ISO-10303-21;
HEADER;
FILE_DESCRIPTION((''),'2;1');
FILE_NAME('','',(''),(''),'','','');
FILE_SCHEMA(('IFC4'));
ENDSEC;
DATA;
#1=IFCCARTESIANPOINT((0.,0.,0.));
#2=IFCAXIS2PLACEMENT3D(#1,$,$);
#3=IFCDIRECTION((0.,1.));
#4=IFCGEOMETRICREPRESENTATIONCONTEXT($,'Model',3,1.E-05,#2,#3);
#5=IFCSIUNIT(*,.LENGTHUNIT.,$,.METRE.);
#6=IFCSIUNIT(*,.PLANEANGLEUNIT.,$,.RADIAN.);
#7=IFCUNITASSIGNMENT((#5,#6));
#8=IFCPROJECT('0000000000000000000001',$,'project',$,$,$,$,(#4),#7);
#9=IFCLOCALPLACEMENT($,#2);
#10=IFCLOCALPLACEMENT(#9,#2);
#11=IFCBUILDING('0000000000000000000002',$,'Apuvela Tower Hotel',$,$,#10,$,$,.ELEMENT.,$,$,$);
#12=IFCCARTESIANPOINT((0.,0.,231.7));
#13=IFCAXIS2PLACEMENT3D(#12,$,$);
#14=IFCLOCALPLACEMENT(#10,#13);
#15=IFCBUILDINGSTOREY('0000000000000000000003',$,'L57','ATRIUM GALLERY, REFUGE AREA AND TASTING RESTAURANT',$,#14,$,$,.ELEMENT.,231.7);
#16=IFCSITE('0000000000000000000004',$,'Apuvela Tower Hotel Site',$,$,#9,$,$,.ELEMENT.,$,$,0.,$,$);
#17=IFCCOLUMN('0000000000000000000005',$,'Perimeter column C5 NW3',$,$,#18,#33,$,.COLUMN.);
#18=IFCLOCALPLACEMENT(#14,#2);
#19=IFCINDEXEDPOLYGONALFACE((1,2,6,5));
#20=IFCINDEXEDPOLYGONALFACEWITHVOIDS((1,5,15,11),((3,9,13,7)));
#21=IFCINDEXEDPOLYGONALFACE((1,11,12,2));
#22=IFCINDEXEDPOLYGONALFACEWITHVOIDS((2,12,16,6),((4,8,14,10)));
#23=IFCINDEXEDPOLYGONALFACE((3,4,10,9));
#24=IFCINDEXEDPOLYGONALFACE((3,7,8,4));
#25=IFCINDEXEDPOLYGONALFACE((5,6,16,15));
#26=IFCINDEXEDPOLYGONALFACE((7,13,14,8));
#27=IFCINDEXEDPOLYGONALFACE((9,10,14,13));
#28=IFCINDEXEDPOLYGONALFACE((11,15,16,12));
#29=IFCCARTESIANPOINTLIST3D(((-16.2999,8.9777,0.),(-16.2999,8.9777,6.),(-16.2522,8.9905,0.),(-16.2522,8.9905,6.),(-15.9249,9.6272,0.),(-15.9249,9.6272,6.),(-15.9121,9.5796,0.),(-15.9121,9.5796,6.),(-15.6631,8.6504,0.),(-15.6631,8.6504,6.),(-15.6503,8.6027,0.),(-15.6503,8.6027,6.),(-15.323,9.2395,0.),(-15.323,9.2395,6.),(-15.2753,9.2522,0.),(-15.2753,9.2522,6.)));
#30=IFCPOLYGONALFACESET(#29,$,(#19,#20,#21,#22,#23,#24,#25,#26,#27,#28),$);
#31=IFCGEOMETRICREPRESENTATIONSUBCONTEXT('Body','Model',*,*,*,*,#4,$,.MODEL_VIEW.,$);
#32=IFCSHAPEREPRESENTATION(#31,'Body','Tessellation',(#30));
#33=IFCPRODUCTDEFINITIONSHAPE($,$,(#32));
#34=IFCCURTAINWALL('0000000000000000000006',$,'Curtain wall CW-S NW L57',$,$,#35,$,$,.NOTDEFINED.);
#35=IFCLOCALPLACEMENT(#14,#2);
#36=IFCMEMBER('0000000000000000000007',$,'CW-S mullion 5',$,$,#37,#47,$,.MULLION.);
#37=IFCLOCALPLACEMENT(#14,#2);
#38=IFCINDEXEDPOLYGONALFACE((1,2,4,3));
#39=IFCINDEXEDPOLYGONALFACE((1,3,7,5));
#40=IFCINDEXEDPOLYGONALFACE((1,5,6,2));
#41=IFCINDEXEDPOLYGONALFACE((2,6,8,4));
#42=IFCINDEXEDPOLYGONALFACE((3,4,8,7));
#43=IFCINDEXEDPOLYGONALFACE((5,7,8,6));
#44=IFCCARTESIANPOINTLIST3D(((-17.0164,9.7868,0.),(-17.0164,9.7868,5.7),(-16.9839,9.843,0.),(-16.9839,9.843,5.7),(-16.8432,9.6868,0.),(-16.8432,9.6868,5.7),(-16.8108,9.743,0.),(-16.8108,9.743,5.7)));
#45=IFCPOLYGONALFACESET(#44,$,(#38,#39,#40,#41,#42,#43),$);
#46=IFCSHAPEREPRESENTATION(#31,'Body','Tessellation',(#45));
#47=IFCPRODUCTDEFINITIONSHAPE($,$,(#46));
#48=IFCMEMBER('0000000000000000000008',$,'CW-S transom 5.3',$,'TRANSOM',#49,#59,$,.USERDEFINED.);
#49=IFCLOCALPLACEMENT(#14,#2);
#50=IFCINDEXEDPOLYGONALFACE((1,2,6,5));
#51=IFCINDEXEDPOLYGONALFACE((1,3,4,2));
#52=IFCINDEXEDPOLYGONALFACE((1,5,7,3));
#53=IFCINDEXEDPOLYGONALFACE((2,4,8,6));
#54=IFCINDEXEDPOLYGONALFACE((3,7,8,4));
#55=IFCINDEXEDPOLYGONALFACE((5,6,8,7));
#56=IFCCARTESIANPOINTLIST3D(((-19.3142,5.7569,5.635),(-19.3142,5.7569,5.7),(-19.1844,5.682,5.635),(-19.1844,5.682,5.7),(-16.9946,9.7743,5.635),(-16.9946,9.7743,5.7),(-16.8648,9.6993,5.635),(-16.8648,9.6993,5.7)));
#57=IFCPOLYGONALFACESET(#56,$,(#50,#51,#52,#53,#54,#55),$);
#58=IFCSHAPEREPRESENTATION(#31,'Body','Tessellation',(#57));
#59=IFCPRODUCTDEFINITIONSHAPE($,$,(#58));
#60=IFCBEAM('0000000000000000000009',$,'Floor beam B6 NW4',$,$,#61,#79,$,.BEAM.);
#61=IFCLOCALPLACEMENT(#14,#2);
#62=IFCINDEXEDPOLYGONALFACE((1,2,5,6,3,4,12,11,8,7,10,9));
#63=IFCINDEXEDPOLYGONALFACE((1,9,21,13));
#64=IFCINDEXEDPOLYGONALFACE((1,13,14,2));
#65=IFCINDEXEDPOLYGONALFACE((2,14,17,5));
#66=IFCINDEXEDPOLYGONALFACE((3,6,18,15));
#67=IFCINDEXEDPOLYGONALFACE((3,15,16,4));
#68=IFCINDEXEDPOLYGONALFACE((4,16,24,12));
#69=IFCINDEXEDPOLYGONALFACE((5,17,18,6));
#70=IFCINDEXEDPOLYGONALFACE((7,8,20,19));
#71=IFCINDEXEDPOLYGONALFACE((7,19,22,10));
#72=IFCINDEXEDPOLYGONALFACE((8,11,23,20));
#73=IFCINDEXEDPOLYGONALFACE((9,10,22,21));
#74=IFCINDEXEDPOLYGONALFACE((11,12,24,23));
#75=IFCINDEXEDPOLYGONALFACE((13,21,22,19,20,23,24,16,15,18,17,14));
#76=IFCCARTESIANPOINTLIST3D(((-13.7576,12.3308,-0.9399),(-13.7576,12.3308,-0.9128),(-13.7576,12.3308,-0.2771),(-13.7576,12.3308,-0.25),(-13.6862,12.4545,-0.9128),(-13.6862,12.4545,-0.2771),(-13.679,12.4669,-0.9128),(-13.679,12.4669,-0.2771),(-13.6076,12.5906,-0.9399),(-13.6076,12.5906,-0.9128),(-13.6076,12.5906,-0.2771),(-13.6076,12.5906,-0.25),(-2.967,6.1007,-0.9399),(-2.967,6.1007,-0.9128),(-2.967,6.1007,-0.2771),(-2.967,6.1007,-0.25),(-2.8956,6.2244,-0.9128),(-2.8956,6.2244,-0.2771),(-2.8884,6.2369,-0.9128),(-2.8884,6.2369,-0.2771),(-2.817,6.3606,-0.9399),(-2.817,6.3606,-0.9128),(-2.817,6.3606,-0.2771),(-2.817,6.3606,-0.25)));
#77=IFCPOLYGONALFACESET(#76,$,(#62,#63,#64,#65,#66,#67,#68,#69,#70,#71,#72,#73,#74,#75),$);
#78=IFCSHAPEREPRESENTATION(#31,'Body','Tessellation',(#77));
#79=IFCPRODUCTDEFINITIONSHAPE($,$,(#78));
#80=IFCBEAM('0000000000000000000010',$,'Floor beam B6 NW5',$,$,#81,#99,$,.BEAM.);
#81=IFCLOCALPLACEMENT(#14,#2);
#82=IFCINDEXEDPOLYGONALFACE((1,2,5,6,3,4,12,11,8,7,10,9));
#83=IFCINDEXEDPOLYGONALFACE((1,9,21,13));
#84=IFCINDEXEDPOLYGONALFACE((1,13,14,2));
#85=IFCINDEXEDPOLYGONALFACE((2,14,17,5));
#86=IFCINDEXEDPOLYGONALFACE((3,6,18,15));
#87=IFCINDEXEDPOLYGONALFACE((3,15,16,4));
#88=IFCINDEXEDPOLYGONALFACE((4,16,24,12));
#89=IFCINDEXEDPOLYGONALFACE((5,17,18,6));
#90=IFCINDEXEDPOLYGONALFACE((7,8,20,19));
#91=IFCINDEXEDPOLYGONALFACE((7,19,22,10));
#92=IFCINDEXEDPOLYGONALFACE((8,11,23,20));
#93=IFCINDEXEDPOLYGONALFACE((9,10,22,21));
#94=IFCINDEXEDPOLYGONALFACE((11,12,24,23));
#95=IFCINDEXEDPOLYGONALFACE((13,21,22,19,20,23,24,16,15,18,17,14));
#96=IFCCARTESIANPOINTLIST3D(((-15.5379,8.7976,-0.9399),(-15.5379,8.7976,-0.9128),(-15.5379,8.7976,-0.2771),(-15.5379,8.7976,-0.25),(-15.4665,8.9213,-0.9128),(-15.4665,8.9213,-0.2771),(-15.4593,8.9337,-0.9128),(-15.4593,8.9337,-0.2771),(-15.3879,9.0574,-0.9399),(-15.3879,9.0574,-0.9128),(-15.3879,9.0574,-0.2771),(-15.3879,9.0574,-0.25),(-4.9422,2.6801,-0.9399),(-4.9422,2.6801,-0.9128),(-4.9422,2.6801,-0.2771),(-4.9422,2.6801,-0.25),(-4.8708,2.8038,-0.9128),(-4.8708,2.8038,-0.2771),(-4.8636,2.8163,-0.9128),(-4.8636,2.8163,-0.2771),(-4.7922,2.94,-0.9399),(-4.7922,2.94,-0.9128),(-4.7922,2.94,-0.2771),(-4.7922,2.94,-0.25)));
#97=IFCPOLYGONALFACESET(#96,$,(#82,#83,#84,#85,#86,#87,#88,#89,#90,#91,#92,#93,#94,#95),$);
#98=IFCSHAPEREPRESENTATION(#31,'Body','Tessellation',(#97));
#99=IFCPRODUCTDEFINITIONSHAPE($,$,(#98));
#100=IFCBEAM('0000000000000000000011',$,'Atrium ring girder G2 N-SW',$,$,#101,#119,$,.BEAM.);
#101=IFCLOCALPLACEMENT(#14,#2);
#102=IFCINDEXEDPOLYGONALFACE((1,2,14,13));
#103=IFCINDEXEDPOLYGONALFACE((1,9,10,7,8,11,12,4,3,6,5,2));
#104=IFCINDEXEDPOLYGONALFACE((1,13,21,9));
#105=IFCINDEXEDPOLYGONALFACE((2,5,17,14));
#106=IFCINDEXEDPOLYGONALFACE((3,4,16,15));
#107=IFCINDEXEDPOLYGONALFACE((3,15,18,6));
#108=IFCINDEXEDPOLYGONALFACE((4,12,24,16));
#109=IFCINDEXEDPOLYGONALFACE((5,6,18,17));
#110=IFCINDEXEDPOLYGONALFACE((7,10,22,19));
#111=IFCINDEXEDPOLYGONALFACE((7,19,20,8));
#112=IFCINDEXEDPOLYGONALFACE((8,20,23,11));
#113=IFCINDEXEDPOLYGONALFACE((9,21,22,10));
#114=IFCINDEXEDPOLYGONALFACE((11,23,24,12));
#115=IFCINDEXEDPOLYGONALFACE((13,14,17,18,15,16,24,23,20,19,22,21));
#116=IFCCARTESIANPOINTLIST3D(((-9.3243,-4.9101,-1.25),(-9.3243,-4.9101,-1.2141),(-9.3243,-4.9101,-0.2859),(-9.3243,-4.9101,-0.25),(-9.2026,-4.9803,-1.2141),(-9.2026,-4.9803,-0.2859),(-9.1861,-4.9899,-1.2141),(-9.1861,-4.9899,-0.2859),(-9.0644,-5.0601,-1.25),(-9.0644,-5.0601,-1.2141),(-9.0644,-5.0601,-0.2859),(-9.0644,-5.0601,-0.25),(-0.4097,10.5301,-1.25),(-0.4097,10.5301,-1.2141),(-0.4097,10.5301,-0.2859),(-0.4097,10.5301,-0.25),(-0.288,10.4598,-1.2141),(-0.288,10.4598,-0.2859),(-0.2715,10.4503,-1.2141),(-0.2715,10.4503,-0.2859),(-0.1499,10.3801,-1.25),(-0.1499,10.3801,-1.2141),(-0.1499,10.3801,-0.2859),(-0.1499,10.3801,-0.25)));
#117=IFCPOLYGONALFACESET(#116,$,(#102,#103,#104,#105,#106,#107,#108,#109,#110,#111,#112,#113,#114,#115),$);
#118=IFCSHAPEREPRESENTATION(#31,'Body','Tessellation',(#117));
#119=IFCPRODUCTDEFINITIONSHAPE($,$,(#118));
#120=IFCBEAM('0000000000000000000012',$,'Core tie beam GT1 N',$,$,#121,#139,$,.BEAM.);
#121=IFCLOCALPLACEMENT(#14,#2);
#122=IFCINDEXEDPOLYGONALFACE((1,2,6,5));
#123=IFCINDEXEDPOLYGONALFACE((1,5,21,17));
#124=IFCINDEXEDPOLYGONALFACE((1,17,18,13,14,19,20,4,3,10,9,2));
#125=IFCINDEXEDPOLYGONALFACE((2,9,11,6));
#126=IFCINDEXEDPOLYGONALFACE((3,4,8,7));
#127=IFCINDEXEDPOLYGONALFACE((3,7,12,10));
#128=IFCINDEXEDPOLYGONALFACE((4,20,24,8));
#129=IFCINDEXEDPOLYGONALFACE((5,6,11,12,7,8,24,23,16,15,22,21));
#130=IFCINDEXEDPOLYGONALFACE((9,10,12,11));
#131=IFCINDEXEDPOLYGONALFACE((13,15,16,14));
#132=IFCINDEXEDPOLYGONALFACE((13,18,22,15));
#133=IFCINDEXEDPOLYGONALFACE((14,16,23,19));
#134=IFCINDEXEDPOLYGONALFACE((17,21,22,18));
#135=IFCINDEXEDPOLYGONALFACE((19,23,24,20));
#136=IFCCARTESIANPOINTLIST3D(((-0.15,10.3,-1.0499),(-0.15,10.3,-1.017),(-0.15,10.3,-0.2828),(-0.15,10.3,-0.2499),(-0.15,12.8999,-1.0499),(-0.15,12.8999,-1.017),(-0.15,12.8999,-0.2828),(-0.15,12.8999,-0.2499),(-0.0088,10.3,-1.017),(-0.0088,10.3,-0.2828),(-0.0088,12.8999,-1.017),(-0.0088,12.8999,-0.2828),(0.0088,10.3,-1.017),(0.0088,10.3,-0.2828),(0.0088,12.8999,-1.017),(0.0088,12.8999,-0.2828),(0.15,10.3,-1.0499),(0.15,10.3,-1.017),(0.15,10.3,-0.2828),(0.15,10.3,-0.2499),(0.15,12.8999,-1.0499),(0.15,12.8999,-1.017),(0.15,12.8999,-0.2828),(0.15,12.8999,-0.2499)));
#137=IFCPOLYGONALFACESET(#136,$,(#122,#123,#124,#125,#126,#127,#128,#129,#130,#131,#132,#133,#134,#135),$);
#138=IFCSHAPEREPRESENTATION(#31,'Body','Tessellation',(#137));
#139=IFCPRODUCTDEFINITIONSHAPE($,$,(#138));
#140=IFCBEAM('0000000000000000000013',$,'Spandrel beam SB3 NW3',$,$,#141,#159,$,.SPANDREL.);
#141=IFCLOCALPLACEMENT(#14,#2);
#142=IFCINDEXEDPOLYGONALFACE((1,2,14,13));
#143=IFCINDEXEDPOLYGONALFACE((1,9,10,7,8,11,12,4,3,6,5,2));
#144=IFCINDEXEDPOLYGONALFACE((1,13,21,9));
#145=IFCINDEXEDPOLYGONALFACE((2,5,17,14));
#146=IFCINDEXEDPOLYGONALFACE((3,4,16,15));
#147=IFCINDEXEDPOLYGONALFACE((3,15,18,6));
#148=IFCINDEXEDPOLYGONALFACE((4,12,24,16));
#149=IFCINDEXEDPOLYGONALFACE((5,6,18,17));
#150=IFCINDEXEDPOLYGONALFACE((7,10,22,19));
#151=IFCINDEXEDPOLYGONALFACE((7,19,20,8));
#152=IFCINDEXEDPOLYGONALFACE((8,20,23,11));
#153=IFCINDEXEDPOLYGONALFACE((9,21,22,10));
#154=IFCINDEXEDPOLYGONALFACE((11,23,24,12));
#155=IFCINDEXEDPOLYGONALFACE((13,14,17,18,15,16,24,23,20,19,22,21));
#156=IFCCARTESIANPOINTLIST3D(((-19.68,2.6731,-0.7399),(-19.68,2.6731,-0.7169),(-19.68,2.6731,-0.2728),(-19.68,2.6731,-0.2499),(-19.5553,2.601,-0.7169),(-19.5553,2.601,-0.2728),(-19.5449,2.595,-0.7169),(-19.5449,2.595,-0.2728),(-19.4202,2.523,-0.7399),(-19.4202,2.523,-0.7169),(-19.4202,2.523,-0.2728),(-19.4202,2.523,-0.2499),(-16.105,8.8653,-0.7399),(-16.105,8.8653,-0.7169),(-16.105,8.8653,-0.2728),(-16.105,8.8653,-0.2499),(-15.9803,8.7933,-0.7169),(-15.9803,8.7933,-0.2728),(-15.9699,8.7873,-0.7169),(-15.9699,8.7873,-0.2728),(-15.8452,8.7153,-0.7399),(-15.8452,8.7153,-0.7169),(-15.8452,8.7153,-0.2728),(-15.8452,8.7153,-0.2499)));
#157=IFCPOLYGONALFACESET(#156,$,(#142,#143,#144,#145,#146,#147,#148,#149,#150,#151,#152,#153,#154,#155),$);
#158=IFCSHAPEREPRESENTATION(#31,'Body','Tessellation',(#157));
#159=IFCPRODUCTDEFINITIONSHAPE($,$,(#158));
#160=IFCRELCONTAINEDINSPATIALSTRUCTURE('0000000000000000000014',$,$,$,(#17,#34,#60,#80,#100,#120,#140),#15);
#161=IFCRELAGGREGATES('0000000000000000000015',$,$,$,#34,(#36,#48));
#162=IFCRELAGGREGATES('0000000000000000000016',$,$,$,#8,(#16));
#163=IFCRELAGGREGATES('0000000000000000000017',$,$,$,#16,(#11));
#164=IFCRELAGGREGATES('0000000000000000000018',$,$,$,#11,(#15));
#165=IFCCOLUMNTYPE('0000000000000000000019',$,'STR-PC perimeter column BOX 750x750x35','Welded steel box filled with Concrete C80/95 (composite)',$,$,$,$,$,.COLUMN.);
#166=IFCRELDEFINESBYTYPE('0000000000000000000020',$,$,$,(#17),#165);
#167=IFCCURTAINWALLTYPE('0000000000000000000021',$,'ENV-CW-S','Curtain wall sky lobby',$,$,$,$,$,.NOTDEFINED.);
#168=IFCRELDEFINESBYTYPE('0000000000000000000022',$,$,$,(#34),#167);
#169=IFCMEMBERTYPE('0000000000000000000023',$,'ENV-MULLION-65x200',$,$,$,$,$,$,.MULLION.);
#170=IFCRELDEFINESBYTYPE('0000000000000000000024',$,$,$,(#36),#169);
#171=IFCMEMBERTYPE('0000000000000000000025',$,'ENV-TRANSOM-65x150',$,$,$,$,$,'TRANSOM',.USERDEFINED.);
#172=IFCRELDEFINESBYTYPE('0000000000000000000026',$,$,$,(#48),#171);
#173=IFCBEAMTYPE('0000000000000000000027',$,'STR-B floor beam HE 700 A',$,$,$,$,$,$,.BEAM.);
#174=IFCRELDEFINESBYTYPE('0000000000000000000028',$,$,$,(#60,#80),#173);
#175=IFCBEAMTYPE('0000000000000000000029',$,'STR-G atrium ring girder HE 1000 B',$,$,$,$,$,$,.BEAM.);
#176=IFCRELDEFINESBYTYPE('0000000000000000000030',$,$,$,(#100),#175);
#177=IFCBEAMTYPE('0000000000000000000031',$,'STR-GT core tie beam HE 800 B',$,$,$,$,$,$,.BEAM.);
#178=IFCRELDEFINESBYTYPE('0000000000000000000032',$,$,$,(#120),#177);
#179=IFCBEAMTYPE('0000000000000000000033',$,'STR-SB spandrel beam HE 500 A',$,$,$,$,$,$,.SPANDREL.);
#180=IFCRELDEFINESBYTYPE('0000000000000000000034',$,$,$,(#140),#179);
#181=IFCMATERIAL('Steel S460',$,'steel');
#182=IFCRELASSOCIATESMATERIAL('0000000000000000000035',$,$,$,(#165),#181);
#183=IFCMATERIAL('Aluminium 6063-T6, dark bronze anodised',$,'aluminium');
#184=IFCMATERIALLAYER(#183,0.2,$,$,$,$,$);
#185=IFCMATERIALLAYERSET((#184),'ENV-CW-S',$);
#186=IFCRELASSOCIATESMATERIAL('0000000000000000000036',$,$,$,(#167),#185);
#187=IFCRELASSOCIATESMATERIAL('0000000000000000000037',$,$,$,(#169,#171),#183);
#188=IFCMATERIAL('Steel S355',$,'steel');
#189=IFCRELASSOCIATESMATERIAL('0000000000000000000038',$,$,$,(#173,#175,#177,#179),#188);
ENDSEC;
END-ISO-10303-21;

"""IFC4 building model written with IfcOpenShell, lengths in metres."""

from ifc_helpers import new_model, si_unit, direction, frame, origin, origin_2d, place, context, subcontext, project, spatial, rectangle, hollow_rectangle, i_section, extrude, material, layer, layer_set, material_profile, profile_set, type_object, element, aggregate, save


model = new_model("IFC4")

# Units and contexts
model_context = context("Model", 3, precision=1e-05, world=origin(), true_north=direction((0.0, 1.0)))
body_context = subcontext(model_context, "Body", "Model", "MODEL_VIEW")
ifc_project = project(units=[si_unit("LENGTHUNIT", "METRE"), si_unit("PLANEANGLEUNIT", "RADIAN")], contexts=[model_context])

# Site, building, storey
site_placement = place(None, origin())
site = spatial("IfcSite", under=ifc_project, at=site_placement, Name="Apuvela Tower Hotel Site", CompositionType="ELEMENT", RefElevation=0.0)
building_placement = place(site_placement, origin())
building = spatial("IfcBuilding", under=site, at=building_placement, Name="Apuvela Tower Hotel", CompositionType="ELEMENT")
storey_placement = place(building_placement, frame((0.0, 0.0, 231.7)))
storey = spatial("IfcBuildingStorey", under=building, at=storey_placement, Name="L57", Description="ATRIUM GALLERY, REFUGE AREA AND TASTING RESTAURANT", CompositionType="ELEMENT", Elevation=231.7)

# Column
ifc_material_1 = material(Name="Steel S460", Category="steel")
ifc_material_profile_1 = material_profile(ifc_material_1, hollow_rectangle(XDim=0.75, YDim=0.75, WallThickness=0.0349, at=origin_2d()), Name="BOX 750x750x35")
ifc_material_2 = material(Name="Concrete C80/95", Category="concrete")
ifc_material_profile_2 = material_profile(ifc_material_2, rectangle(XDim=0.6799, YDim=0.6799, at=origin_2d()), Name="Concrete C80/95 infill")
ifc_profile_set_1 = profile_set([ifc_material_profile_1, ifc_material_profile_2], Name="Steel S460")
column_type = type_object("IfcColumnType", Name="STR-PC perimeter column BOX 750x750x35", Description="Welded steel box filled with Concrete C80/95 (composite)", PredefinedType="COLUMN", material=ifc_profile_set_1)
column_placement = place(storey_placement, frame((-15.7876, 9.115, 0.0), z_axis=(0.0, 0.0, 1.0), x_axis=(0.5, 0.866025, 0.0)))
element("IfcColumn", 1, at=column_placement, inside=storey, type_object=column_type, Name="Perimeter column C5 NW3", PredefinedType="COLUMN", context=body_context, shape_type="SweptSolid", body=[
    extrude(hollow_rectangle(XDim=0.75, YDim=0.75, WallThickness=0.0349, at=origin_2d()), origin(), (0.0, 0.0, 1.0), 6.0),
])

# Curtain wall, members
ifc_material_3 = material(Name="Aluminium 6063-T6, dark bronze anodised", Category="aluminium")
ifc_layer_1 = layer(ifc_material_3, 0.2)
ifc_layer_set_1 = layer_set([ifc_layer_1], Name="ENV-CW-S")
curtain_wall_type = type_object("IfcCurtainWallType", Name="ENV-CW-S", Description="Curtain wall sky lobby", PredefinedType="NOTDEFINED", material=ifc_layer_set_1)
curtain_wall_placement = place(storey_placement, origin())
curtain_wall = element("IfcCurtainWall", 2, at=curtain_wall_placement, inside=storey, type_object=curtain_wall_type, Name="Curtain wall CW-S NW L57", PredefinedType="NOTDEFINED")
ifc_material_profile_3 = material_profile(ifc_material_3, rectangle(XDim=0.2, YDim=0.0649, at=origin_2d()), Name="AL 65x200")
ifc_profile_set_2 = profile_set([ifc_material_profile_3], Name="Aluminium 6063-T6, dark bronze anodised")
member_type_1 = type_object("IfcMemberType", Name="ENV-MULLION-65x200", PredefinedType="MULLION", material=ifc_profile_set_2)
member_1_placement = place(storey_placement, frame((-16.9136, 9.7649, 0.0), z_axis=(0.0, 0.0, 1.0), x_axis=(0.866026, -0.499999, 0.0)))
member_1 = element("IfcMember", 3, at=member_1_placement, type_object=member_type_1, Name="CW-S mullion 5", PredefinedType="MULLION", context=body_context, shape_type="SweptSolid", body=[
    extrude(rectangle(XDim=0.2, YDim=0.0649, at=origin_2d()), origin(), (0.0, 0.0, 1.0), 5.7),
])
ifc_material_profile_4 = material_profile(ifc_material_3, rectangle(XDim=0.1499, YDim=0.0649, at=origin_2d()), Name="AL 65x150 transom")
ifc_profile_set_3 = profile_set([ifc_material_profile_4], Name="Aluminium 6063-T6, dark bronze anodised")
member_type_2 = type_object("IfcMemberType", Name="ENV-TRANSOM-65x150", ElementType="TRANSOM", PredefinedType="USERDEFINED", material=ifc_profile_set_3)
member_2_placement = place(storey_placement, frame((-16.9297, 9.7368, 5.6675), z_axis=(-0.500028, -0.866009, 0.0), x_axis=(0.866009, -0.500028, 0.0)))
member_2 = element("IfcMember", 4, at=member_2_placement, type_object=member_type_2, Name="CW-S transom 5.3", ObjectType="TRANSOM", PredefinedType="USERDEFINED", context=body_context, shape_type="SweptSolid", body=[
    extrude(rectangle(XDim=0.1499, YDim=0.0649, at=origin_2d()), origin(), (0.0, 0.0, 1.0), 4.6389),
])

# Beams
ifc_material_4 = material(Name="Steel S355", Category="steel")
ifc_material_profile_5 = material_profile(ifc_material_4, i_section(OverallWidth=0.3, OverallDepth=0.6899, WebThickness=0.0144, FlangeThickness=0.0271, at=origin_2d()), Name="HE 700 A")
ifc_profile_set_4 = profile_set([ifc_material_profile_5], Name="Steel S355")
beam_type_1 = type_object("IfcBeamType", Name="STR-B floor beam HE 700 A", PredefinedType="BEAM", material=ifc_profile_set_4)
beam_1_placement = place(storey_placement, frame((-13.6826, 12.4607, -0.595), z_axis=(0.866023, -0.500004, 0.0), x_axis=(0.500004, 0.866023, 0.0)))
element("IfcBeam", 5, at=beam_1_placement, inside=storey, type_object=beam_type_1, Name="Floor beam B6 NW4", PredefinedType="BEAM", context=body_context, shape_type="SweptSolid", body=[
    extrude(i_section(OverallWidth=0.3, OverallDepth=0.6899, WebThickness=0.0144, FlangeThickness=0.0271, at=origin_2d()), origin(), (0.0, 0.0, 1.0), 12.46),
])
beam_2_placement = place(storey_placement, frame((-15.4629, 8.9275, -0.595), z_axis=(0.866025, -0.5, 0.0), x_axis=(0.5, 0.866025, 0.0)))
element("IfcBeam", 6, at=beam_2_placement, inside=storey, type_object=beam_type_1, Name="Floor beam B6 NW5", PredefinedType="BEAM", context=body_context, shape_type="SweptSolid", body=[
    extrude(i_section(OverallWidth=0.3, OverallDepth=0.6899, WebThickness=0.0144, FlangeThickness=0.0271, at=origin_2d()), origin(), (0.0, 0.0, 1.0), 12.2349),
])
ifc_material_profile_6 = material_profile(ifc_material_4, i_section(OverallWidth=0.3, OverallDepth=1.0, WebThickness=0.019, FlangeThickness=0.0359, at=origin_2d()), Name="HE 1000 B")
ifc_profile_set_5 = profile_set([ifc_material_profile_6], Name="Steel S355")
beam_type_2 = type_object("IfcBeamType", Name="STR-G atrium ring girder HE 1000 B", PredefinedType="BEAM", material=ifc_profile_set_5)
beam_3_placement = place(storey_placement, frame((-0.2798, 10.4551, -0.75), z_axis=(-0.500007, -0.866022, 0.0), x_axis=(0.866022, -0.500007, 0.0)))
element("IfcBeam", 7, at=beam_3_placement, inside=storey, type_object=beam_type_2, Name="Atrium ring girder G2 N-SW", PredefinedType="BEAM", context=body_context, shape_type="SweptSolid", body=[
    extrude(i_section(OverallWidth=0.3, OverallDepth=1.0, WebThickness=0.019, FlangeThickness=0.0359, at=origin_2d()), origin(), (0.0, 0.0, 1.0), 17.8289),
])
ifc_material_profile_7 = material_profile(ifc_material_4, i_section(OverallWidth=0.3, OverallDepth=0.8, WebThickness=0.0176, FlangeThickness=0.033, at=origin_2d()), Name="HE 800 B")
ifc_profile_set_6 = profile_set([ifc_material_profile_7], Name="Steel S355")
beam_type_3 = type_object("IfcBeamType", Name="STR-GT core tie beam HE 800 B", PredefinedType="BEAM", material=ifc_profile_set_6)
beam_4_placement = place(storey_placement, frame((0.0, 12.8999, -0.6499), z_axis=(0.0, -1.0, 0.0), x_axis=(1.0, 0.0, 0.0)))
element("IfcBeam", 8, at=beam_4_placement, inside=storey, type_object=beam_type_3, Name="Core tie beam GT1 N", PredefinedType="BEAM", context=body_context, shape_type="SweptSolid", body=[
    extrude(i_section(OverallWidth=0.3, OverallDepth=0.8, WebThickness=0.0176, FlangeThickness=0.033, at=origin_2d()), origin(), (0.0, 0.0, 1.0), 2.5999),
])
ifc_material_profile_8 = material_profile(ifc_material_4, i_section(OverallWidth=0.3, OverallDepth=0.49, WebThickness=0.012, FlangeThickness=0.0229, at=origin_2d()), Name="HE 500 A")
ifc_profile_set_7 = profile_set([ifc_material_profile_8], Name="Steel S355")
beam_type_4 = type_object("IfcBeamType", Name="STR-SB spandrel beam HE 500 A", PredefinedType="SPANDREL", material=ifc_profile_set_7)
beam_5_placement = place(storey_placement, frame((-15.9751, 8.7903, -0.4949), z_axis=(-0.499991, -0.86603, 0.0), x_axis=(0.86603, -0.499991, 0.0)))
element("IfcBeam", 9, at=beam_5_placement, inside=storey, type_object=beam_type_4, Name="Spandrel beam SB3 NW3", PredefinedType="SPANDREL", context=body_context, shape_type="SweptSolid", body=[
    extrude(i_section(OverallWidth=0.3, OverallDepth=0.49, WebThickness=0.012, FlangeThickness=0.0229, at=origin_2d()), origin(), (0.0, 0.0, 1.0), 7.1501),
])

aggregate(curtain_wall, [member_1, member_2])

save(model, "model.ifc")
